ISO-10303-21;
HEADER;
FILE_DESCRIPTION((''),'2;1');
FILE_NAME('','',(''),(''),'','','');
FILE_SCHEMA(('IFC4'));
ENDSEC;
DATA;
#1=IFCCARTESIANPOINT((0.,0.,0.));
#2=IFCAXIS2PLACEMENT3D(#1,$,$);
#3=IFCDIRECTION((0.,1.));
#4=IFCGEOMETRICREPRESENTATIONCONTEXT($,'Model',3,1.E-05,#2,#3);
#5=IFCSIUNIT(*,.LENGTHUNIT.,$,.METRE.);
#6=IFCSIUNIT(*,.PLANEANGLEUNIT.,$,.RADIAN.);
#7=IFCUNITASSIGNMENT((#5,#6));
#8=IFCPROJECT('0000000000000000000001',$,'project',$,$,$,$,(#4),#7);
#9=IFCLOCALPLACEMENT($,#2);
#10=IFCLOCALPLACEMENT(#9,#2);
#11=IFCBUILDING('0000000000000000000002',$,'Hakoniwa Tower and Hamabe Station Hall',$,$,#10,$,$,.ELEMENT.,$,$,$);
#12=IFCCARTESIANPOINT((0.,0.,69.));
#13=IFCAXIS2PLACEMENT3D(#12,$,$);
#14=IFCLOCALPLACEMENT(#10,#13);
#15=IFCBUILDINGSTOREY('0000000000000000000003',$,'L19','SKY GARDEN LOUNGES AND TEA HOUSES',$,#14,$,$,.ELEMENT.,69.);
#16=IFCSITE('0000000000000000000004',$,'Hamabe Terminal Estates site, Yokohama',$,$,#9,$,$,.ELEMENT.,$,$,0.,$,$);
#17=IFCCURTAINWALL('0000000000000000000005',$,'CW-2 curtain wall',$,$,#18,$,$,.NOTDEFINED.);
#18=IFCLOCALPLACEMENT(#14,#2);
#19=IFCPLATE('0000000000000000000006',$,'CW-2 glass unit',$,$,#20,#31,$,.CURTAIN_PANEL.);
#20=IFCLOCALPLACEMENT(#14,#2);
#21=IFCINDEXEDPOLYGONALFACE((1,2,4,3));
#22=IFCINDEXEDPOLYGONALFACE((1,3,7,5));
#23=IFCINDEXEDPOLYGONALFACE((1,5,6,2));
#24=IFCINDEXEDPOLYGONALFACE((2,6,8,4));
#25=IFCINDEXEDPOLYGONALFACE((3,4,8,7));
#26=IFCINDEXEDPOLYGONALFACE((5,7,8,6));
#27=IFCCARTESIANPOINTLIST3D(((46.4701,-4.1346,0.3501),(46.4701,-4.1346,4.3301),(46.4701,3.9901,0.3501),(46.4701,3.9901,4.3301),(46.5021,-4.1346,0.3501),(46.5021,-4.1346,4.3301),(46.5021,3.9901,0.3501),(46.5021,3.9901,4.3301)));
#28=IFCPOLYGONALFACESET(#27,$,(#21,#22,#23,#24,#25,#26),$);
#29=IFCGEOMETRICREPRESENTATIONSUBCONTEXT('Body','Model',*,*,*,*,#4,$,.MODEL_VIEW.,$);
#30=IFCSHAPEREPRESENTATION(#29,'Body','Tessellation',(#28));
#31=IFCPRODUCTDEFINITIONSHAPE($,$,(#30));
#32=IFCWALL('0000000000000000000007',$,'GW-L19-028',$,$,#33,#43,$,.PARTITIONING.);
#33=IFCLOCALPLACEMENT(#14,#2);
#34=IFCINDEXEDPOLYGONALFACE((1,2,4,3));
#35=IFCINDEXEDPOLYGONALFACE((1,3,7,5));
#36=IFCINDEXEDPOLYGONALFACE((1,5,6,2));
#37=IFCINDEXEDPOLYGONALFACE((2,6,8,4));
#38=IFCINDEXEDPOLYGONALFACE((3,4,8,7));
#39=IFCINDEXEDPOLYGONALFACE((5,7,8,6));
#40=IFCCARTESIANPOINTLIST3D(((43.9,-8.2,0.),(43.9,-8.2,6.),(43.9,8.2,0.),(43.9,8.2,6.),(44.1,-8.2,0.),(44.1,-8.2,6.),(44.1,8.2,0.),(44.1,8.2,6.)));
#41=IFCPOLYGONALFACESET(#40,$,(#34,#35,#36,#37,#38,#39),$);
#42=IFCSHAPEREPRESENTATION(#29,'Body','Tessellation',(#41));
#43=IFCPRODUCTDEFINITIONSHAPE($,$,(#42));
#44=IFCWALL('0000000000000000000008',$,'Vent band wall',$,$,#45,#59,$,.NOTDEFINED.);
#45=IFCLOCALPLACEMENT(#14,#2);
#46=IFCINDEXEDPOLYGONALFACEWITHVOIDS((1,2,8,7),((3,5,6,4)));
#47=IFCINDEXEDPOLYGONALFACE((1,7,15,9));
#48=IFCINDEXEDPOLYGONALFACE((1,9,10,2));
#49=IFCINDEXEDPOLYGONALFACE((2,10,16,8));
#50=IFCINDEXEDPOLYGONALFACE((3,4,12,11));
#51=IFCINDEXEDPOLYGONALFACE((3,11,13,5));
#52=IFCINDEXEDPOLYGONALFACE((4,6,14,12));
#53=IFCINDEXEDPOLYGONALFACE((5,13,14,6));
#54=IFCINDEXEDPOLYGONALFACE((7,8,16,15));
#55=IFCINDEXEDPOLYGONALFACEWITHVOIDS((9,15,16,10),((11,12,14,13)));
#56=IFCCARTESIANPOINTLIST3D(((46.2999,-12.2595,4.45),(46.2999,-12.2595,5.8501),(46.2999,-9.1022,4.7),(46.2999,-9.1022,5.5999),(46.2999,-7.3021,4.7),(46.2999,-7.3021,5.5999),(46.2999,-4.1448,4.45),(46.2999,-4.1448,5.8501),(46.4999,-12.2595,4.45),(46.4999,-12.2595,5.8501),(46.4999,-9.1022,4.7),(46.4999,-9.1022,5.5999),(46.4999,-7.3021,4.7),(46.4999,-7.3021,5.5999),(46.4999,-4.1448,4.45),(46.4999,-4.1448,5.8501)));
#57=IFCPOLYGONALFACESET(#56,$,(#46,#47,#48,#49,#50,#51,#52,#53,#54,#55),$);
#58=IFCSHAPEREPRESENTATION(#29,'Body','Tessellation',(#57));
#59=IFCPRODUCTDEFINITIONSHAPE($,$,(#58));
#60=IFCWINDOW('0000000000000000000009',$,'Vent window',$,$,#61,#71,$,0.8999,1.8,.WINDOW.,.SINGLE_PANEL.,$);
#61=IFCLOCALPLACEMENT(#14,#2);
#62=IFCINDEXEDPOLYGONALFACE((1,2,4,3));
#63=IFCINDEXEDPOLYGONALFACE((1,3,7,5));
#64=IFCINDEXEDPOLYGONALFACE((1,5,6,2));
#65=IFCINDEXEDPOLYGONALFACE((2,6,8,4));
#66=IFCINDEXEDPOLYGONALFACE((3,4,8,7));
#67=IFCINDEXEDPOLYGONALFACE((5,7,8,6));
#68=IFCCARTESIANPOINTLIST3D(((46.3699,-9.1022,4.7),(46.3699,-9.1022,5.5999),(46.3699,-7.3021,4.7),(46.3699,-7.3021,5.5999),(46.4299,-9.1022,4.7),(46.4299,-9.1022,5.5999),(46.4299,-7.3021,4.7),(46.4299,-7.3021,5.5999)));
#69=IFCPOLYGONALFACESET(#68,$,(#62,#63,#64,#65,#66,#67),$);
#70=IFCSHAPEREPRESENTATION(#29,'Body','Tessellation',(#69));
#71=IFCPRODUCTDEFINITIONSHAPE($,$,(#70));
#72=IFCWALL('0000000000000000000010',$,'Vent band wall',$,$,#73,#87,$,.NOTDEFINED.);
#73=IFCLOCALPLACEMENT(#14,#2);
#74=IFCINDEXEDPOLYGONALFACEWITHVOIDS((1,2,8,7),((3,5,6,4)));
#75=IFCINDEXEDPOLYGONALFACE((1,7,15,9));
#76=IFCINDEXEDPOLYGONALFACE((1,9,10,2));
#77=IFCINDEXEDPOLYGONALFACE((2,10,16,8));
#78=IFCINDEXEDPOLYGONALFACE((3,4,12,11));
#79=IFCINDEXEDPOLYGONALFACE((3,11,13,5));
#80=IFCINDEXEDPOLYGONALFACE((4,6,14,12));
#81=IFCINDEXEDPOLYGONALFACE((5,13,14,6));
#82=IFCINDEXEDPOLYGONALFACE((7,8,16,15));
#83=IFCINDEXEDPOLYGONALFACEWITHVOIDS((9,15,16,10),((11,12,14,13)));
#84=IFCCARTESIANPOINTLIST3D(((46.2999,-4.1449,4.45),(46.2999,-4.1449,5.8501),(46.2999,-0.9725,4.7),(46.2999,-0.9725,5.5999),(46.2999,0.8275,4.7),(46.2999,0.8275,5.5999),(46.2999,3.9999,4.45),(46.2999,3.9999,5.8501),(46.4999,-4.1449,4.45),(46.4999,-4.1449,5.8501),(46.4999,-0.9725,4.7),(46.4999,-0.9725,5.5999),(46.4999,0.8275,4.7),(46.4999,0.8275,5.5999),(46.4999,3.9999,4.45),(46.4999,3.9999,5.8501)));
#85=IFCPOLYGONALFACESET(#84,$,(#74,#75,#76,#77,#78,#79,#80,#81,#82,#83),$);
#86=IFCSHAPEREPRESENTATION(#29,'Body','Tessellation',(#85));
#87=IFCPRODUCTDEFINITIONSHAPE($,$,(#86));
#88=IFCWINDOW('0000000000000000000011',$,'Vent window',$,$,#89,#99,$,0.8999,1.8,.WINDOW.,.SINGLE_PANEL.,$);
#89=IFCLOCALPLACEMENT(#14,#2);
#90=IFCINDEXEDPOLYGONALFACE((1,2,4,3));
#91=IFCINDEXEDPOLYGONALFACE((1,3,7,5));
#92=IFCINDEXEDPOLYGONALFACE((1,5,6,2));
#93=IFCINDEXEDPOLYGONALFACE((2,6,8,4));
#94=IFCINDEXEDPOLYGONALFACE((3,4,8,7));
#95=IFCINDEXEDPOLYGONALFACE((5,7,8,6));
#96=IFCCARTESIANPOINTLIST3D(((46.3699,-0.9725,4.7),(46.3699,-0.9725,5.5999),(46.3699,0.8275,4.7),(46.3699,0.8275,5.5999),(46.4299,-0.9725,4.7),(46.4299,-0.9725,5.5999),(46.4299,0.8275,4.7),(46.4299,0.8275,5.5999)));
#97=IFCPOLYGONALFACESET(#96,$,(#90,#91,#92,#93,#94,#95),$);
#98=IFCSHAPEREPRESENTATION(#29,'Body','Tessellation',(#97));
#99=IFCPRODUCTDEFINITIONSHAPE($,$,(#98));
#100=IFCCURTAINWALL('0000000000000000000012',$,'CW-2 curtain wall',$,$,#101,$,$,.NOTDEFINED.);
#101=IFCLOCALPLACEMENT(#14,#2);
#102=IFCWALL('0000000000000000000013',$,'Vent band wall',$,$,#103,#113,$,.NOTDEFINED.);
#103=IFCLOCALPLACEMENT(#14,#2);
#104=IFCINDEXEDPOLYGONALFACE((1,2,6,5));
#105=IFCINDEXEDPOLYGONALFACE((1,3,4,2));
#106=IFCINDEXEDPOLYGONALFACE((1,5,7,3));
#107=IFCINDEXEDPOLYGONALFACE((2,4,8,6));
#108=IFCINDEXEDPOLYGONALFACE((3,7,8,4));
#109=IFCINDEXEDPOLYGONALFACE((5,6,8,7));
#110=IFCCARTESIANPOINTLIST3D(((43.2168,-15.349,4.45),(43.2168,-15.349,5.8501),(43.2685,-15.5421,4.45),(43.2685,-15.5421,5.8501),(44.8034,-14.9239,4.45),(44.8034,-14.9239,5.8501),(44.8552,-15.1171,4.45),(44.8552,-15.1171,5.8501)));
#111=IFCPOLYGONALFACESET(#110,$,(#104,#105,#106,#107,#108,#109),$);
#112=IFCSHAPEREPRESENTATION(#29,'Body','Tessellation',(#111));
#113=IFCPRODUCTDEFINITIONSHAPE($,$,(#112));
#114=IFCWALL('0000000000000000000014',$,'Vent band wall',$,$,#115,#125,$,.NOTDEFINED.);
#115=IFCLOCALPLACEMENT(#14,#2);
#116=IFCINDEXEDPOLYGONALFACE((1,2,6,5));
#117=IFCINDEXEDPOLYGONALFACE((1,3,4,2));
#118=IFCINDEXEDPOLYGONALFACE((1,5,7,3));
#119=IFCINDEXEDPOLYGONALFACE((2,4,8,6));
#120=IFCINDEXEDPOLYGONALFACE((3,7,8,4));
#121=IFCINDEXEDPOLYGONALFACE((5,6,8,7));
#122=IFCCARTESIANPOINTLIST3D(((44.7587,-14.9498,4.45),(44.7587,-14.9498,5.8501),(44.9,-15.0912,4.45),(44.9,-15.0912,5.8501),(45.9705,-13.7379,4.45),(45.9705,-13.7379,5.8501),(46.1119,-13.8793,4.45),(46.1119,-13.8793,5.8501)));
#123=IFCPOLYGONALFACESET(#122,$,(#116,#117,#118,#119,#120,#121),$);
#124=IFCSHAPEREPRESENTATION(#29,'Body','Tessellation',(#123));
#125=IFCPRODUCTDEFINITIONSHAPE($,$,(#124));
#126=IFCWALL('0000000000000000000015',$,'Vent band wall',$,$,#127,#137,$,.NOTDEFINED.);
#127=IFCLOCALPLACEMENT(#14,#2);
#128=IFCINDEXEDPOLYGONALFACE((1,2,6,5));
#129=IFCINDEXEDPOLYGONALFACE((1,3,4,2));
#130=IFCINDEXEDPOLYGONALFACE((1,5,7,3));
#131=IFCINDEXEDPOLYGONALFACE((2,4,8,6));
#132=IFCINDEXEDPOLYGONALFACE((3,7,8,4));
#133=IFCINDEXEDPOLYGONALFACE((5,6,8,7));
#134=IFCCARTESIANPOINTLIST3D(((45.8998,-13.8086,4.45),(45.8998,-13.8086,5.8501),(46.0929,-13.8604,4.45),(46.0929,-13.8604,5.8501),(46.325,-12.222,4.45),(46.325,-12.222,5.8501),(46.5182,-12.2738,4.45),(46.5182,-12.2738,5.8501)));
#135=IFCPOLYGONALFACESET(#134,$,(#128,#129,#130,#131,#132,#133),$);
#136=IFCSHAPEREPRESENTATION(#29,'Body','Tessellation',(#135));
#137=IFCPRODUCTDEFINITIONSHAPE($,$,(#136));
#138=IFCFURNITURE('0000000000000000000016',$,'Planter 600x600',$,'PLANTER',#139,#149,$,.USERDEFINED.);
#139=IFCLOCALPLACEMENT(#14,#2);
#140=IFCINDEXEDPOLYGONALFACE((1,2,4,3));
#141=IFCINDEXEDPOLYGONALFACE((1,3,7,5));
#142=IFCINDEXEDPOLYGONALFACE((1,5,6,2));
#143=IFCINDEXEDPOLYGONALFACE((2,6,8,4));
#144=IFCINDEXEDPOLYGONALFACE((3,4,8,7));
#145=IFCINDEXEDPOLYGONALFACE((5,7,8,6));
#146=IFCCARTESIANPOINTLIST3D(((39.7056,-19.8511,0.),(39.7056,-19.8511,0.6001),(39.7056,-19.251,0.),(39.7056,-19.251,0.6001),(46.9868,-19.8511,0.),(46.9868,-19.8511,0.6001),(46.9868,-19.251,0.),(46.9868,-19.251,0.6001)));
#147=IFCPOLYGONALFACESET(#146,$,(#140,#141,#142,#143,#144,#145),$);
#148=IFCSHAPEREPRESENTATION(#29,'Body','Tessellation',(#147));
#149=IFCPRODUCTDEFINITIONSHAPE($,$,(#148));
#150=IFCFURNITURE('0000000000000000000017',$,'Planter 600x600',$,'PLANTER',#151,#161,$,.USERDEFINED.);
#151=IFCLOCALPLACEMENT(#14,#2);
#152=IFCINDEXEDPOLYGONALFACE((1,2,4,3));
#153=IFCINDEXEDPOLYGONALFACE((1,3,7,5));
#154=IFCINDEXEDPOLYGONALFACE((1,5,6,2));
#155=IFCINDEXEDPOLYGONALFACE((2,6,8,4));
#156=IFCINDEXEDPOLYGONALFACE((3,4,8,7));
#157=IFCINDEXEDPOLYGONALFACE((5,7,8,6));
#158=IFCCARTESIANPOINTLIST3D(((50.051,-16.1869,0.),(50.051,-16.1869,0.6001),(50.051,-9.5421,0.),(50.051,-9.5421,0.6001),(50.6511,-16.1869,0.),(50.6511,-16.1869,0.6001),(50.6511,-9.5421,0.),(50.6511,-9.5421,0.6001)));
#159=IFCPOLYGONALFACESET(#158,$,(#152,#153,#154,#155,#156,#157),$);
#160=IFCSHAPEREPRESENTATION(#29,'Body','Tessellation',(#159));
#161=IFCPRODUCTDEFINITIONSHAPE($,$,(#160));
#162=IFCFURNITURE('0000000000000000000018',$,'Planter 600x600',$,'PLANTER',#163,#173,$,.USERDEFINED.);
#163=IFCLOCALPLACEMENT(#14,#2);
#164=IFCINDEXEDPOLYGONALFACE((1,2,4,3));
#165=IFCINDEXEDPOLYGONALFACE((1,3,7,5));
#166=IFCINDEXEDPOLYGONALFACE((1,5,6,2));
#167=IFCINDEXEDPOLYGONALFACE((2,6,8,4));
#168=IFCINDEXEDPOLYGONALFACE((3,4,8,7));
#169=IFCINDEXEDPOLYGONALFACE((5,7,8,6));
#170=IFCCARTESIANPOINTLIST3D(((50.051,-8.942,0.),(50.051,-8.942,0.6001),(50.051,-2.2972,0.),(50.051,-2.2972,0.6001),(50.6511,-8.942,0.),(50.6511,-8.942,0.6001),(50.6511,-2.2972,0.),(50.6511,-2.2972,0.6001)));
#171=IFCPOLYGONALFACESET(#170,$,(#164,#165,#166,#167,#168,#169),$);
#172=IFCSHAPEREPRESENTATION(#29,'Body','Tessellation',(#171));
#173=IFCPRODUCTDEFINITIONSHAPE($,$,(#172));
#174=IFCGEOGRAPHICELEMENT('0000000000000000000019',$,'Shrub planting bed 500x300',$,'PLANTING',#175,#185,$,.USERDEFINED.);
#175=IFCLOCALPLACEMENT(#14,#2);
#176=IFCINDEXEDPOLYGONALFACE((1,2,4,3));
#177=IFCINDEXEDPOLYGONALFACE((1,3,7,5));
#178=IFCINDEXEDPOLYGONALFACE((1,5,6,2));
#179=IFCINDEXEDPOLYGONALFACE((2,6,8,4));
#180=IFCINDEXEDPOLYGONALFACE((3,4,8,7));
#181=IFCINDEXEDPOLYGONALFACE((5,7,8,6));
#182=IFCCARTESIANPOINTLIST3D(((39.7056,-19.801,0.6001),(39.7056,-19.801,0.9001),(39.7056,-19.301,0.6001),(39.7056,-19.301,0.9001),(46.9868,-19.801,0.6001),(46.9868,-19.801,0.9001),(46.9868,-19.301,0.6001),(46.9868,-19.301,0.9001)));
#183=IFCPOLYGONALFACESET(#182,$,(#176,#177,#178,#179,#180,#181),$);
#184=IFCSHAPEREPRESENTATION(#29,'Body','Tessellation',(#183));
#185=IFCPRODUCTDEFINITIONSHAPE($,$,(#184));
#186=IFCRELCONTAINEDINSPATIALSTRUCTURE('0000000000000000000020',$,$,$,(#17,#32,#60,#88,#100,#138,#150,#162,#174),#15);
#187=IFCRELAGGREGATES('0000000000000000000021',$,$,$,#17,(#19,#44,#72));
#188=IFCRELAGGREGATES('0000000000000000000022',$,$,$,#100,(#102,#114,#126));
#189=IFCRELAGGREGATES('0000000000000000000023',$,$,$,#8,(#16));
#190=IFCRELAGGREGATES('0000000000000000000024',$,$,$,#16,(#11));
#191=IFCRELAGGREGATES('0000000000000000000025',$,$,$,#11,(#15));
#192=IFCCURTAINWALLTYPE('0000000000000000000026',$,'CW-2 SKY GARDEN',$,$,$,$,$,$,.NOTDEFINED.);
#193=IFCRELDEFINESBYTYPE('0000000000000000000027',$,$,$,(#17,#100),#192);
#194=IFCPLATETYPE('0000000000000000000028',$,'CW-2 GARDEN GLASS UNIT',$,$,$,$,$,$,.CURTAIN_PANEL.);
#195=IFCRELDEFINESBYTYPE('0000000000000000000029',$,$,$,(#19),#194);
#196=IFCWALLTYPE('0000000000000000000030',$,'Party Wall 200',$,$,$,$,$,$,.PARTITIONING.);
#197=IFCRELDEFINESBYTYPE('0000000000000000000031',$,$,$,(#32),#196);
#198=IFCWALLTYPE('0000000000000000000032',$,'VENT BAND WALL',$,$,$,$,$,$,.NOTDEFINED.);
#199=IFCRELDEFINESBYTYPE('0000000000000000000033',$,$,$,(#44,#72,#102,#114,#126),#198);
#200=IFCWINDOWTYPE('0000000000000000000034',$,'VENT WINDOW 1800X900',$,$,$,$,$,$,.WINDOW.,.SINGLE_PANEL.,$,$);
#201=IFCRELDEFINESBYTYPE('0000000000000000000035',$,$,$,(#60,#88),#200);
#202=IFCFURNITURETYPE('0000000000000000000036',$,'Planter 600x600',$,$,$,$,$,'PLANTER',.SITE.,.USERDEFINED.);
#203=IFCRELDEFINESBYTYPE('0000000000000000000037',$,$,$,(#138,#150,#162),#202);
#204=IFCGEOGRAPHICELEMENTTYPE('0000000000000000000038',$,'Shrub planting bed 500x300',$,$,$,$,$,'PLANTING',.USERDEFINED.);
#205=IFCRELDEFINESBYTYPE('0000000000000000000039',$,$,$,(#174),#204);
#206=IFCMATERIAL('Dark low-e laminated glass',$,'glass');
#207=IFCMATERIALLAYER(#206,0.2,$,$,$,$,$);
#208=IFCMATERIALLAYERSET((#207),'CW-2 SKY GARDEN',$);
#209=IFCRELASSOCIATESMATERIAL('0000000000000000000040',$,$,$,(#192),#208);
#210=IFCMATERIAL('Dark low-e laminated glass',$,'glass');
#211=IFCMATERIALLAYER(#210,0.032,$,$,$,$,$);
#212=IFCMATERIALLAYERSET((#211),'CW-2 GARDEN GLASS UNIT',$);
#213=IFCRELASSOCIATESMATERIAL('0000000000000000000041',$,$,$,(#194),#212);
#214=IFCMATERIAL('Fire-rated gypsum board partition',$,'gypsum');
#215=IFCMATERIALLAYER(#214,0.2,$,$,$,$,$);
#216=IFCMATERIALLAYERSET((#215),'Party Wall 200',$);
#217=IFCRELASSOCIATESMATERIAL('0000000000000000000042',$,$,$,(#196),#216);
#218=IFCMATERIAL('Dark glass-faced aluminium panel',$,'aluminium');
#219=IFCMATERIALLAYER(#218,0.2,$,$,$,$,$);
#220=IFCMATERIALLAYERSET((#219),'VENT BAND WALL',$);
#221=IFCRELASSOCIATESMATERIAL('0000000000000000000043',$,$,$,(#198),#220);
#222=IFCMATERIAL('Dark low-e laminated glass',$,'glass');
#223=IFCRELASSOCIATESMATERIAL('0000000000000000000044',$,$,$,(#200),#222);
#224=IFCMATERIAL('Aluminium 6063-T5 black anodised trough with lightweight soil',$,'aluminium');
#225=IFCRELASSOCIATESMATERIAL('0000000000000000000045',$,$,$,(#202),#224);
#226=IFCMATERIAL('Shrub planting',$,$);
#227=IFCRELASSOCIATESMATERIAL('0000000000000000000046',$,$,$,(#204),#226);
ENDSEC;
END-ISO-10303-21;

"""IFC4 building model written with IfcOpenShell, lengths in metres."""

from ifc_helpers import new_model, si_unit, direction, frame, frame_2d, origin, origin_2d, place, context, subcontext, project, spatial, rectangle, extrude, material, layer, layer_set, type_object, element, fill, aggregate, save


model = new_model("IFC4")

# Units and contexts
model_context = context("Model", 3, precision=1e-05, world=origin(), true_north=direction((0.0, 1.0)))
body_context = subcontext(model_context, "Body", "Model", "MODEL_VIEW")
ifc_project = project(units=[si_unit("LENGTHUNIT", "METRE"), si_unit("PLANEANGLEUNIT", "RADIAN")], contexts=[model_context])

# Site, building, storey
site_placement = place(None, origin())
site = spatial("IfcSite", under=ifc_project, at=site_placement, Name="Hamabe Terminal Estates site, Yokohama", CompositionType="ELEMENT", RefElevation=0.0)
building_placement = place(site_placement, origin())
building = spatial("IfcBuilding", under=site, at=building_placement, Name="Hakoniwa Tower and Hamabe Station Hall", CompositionType="ELEMENT")
storey_placement = place(building_placement, frame((0.0, 0.0, 69.0)))
storey = spatial("IfcBuildingStorey", under=building, at=storey_placement, Name="L19", Description="SKY GARDEN LOUNGES AND TEA HOUSES", CompositionType="ELEMENT", Elevation=69.0)

# Curtain wall
ifc_material_1 = material(Name="Dark low-e laminated glass", Category="glass")
ifc_layer_1 = layer(ifc_material_1, 0.2)
ifc_layer_set_1 = layer_set([ifc_layer_1], Name="CW-2 SKY GARDEN")
curtain_wall_type = type_object("IfcCurtainWallType", Name="CW-2 SKY GARDEN", PredefinedType="NOTDEFINED", material=ifc_layer_set_1)
curtain_wall_1_placement = place(storey_placement, origin())
curtain_wall_1 = element("IfcCurtainWall", 1, at=curtain_wall_1_placement, inside=storey, type_object=curtain_wall_type, Name="CW-2 curtain wall", PredefinedType="NOTDEFINED")

# Plate
ifc_material_2 = material(Name="Dark low-e laminated glass", Category="glass")
ifc_layer_2 = layer(ifc_material_2, 0.032)
ifc_layer_set_2 = layer_set([ifc_layer_2], Name="CW-2 GARDEN GLASS UNIT")
plate_type = type_object("IfcPlateType", Name="CW-2 GARDEN GLASS UNIT", PredefinedType="CURTAIN_PANEL", material=ifc_layer_set_2)
plate_1_placement = place(storey_placement, frame((46.4861, -0.0723, 0.3501), z_axis=(0.0, 0.0, 1.0), x_axis=(0.0, 1.0, 0.0)))
plate_1 = element("IfcPlate", 2, at=plate_1_placement, type_object=plate_type, Name="CW-2 glass unit", PredefinedType="CURTAIN_PANEL", context=body_context, shape_type="SweptSolid", body=[
    extrude(rectangle(XDim=8.1248, YDim=0.032, at=origin_2d()), origin(), (0.0, 0.0, 1.0), 3.98),
])

# Wall
ifc_material_3 = material(Name="Fire-rated gypsum board partition", Category="gypsum")
ifc_layer_3 = layer(ifc_material_3, 0.2)
ifc_layer_set_3 = layer_set([ifc_layer_3], Name="Party Wall 200")
wall_type_1 = type_object("IfcWallType", Name="Party Wall 200", PredefinedType="PARTITIONING", material=ifc_layer_set_3)
wall_1_placement = place(storey_placement, frame((44.0, -8.2, 0.0), z_axis=(0.0, 0.0, 1.0), x_axis=(0.0, 1.0, 0.0)))
element("IfcWall", 3, at=wall_1_placement, inside=storey, type_object=wall_type_1, Name="GW-L19-028", PredefinedType="PARTITIONING", context=body_context, shape_type="SweptSolid", body=[
    extrude(rectangle(XDim=16.3999, YDim=0.2, at=frame_2d((8.2, 0.0))), origin(), (0.0, 0.0, 1.0), 6.0),
])

# Walls, openings, windows
ifc_material_4 = material(Name="Dark glass-faced aluminium panel", Category="aluminium")
ifc_layer_4 = layer(ifc_material_4, 0.2)
ifc_layer_set_4 = layer_set([ifc_layer_4], Name="VENT BAND WALL")
wall_type_2 = type_object("IfcWallType", Name="VENT BAND WALL", PredefinedType="NOTDEFINED", material=ifc_layer_set_4)
wall_2_placement = place(storey_placement, frame((46.3999, -12.2595, 4.45), z_axis=(0.0, 0.0, 1.0), x_axis=(0.0, 1.0, 0.0)))
wall_2 = element("IfcWall", 4, at=wall_2_placement, type_object=wall_type_2, Name="Vent band wall", PredefinedType="NOTDEFINED", context=body_context, shape_type="SweptSolid", body=[
    extrude(rectangle(XDim=8.1147, YDim=0.2, at=frame_2d((4.0574, 0.0))), origin(), (0.0, 0.0, 1.0), 1.4001),
])
opening_1_placement = place(wall_2_placement, frame((3.1575, 0.0, 0.25)))
opening_1 = element("IfcOpeningElement", 5, at=opening_1_placement, cuts=wall_2, PredefinedType="OPENING", context=body_context, shape_type="SweptSolid", body=[
    extrude(rectangle(XDim=1.8, YDim=0.8999, at=frame_2d((0.8999, 0.45))), frame((0.0, 0.1099, 0.0), z_axis=(0.0, -1.0, 0.0), x_axis=(1.0, 0.0, 0.0)), (0.0, 0.0, 1.0), 0.22),
])
ifc_material_5 = material(Name="Dark low-e laminated glass", Category="glass")
window_type = type_object("IfcWindowType", Name="VENT WINDOW 1800X900", PartitioningType="SINGLE_PANEL", PredefinedType="WINDOW", material=ifc_material_5)
window_1_placement = place(opening_1_placement, origin())
window_1 = element("IfcWindow", 6, at=window_1_placement, inside=storey, type_object=window_type, Name="Vent window", OverallHeight=0.8999, OverallWidth=1.8, PartitioningType="SINGLE_PANEL", PredefinedType="WINDOW", context=body_context, shape_type="SweptSolid", body=[
    extrude(rectangle(XDim=1.8, YDim=0.8999, at=frame_2d((0.8999, 0.45))), frame((0.0, 0.03, 0.0), z_axis=(0.0, -1.0, 0.0), x_axis=(1.0, 0.0, 0.0)), (0.0, 0.0, 1.0), 0.0601),
])
fill(opening_1, window_1)
wall_3_placement = place(storey_placement, frame((46.3999, -4.1448, 4.45), z_axis=(0.0, 0.0, 1.0), x_axis=(0.0, 1.0, 0.0)))
wall_3 = element("IfcWall", 7, at=wall_3_placement, type_object=wall_type_2, Name="Vent band wall", PredefinedType="NOTDEFINED", context=body_context, shape_type="SweptSolid", body=[
    extrude(rectangle(XDim=8.1448, YDim=0.2, at=frame_2d((4.0723, 0.0))), origin(), (0.0, 0.0, 1.0), 1.4001),
])
opening_2_placement = place(wall_3_placement, frame((3.1724, 0.0, 0.25)))
opening_2 = element("IfcOpeningElement", 8, at=opening_2_placement, cuts=wall_3, PredefinedType="OPENING", context=body_context, shape_type="SweptSolid", body=[
    extrude(rectangle(XDim=1.8, YDim=0.8999, at=frame_2d((0.8999, 0.45))), frame((0.0, 0.1099, 0.0), z_axis=(0.0, -1.0, 0.0), x_axis=(1.0, 0.0, 0.0)), (0.0, 0.0, 1.0), 0.22),
])
window_2_placement = place(opening_2_placement, origin())
window_2 = element("IfcWindow", 9, at=window_2_placement, inside=storey, type_object=window_type, Name="Vent window", OverallHeight=0.8999, OverallWidth=1.8, PartitioningType="SINGLE_PANEL", PredefinedType="WINDOW", context=body_context, shape_type="SweptSolid", body=[
    extrude(rectangle(XDim=1.8, YDim=0.8999, at=frame_2d((0.8999, 0.45))), frame((0.0, 0.03, 0.0), z_axis=(0.0, -1.0, 0.0), x_axis=(1.0, 0.0, 0.0)), (0.0, 0.0, 1.0), 0.0601),
])
fill(opening_2, window_2)
aggregate(curtain_wall_1, [plate_1, wall_2, wall_3])

# Curtain wall, walls
curtain_wall_2_placement = place(storey_placement, origin())
curtain_wall_2 = element("IfcCurtainWall", 10, at=curtain_wall_2_placement, inside=storey, type_object=curtain_wall_type, Name="CW-2 curtain wall", PredefinedType="NOTDEFINED")
wall_4_placement = place(storey_placement, frame((43.2427, -15.4456, 4.45), z_axis=(0.0, 0.0, 1.0), x_axis=(0.965941, 0.258763, 0.0)))
wall_4 = element("IfcWall", 11, at=wall_4_placement, type_object=wall_type_2, Name="Vent band wall", PredefinedType="NOTDEFINED", context=body_context, shape_type="SweptSolid", body=[
    extrude(rectangle(XDim=1.6426, YDim=0.2, at=frame_2d((0.8213, 0.0))), origin(), (0.0, 0.0, 1.0), 1.4001),
])
wall_5_placement = place(storey_placement, frame((44.8293, -15.0205, 4.45), z_axis=(0.0, 0.0, 1.0), x_axis=(0.707107, 0.707107, 0.0)))
wall_5 = element("IfcWall", 12, at=wall_5_placement, type_object=wall_type_2, Name="Vent band wall", PredefinedType="NOTDEFINED", context=body_context, shape_type="SweptSolid", body=[
    extrude(rectangle(XDim=1.7139, YDim=0.2, at=frame_2d((0.8569, 0.0))), origin(), (0.0, 0.0, 1.0), 1.4001),
])
wall_6_placement = place(storey_placement, frame((45.9963, -13.8345, 4.45), z_axis=(0.0, 0.0, 1.0), x_axis=(0.258902, 0.965904, 0.0)))
wall_6 = element("IfcWall", 13, at=wall_6_placement, type_object=wall_type_2, Name="Vent band wall", PredefinedType="NOTDEFINED", context=body_context, shape_type="SweptSolid", body=[
    extrude(rectangle(XDim=1.6426, YDim=0.2, at=frame_2d((0.8213, 0.0))), origin(), (0.0, 0.0, 1.0), 1.4001),
])
aggregate(curtain_wall_2, [wall_4, wall_5, wall_6])

# Furniture
ifc_material_6 = material(Name="Aluminium 6063-T5 black anodised trough with lightweight soil", Category="aluminium")
furniture_type = type_object("IfcFurnitureType", Name="Planter 600x600", ElementType="PLANTER", AssemblyPlace="SITE", PredefinedType="USERDEFINED", material=ifc_material_6)
furniture_placement = place(storey_placement, frame((43.3462, -19.551, 0.0), z_axis=(0.0, 0.0, 1.0), x_axis=(1.0, 0.0, 0.0)))
element("IfcFurniture", 14, at=furniture_placement, inside=storey, type_object=furniture_type, Name="Planter 600x600", ObjectType="PLANTER", PredefinedType="USERDEFINED", context=body_context, shape_type="SweptSolid", body=[
    extrude(rectangle(XDim=7.2812, YDim=0.6001, at=origin_2d()), origin(), (0.0, 0.0, 1.0), 0.6001),
])
for number, where, z_axis, x_axis, name in (
    (15, (50.3511, -12.8645, 0.0), (0.0, 0.0, 1.0), (0.0, 1.0, 0.0), "Planter 600x600"),
    (16, (50.3511, -5.6196, 0.0), (0.0, 0.0, 1.0), (0.0, 1.0, 0.0), "Planter 600x600"),
):
    element("IfcFurniture", number, at=place(storey_placement, frame(where, z_axis=z_axis, x_axis=x_axis)), inside=storey, type_object=furniture_type, Name=name, ObjectType="PLANTER", PredefinedType="USERDEFINED", context=body_context, shape_type="SweptSolid", body=[
        extrude(rectangle(XDim=6.6448, YDim=0.6001, at=origin_2d()), origin(), (0.0, 0.0, 1.0), 0.6001),
    ])

# Geographic element
ifc_material_7 = material(Name="Shrub planting")
geographic_element_type = type_object("IfcGeographicElementType", Name="Shrub planting bed 500x300", ElementType="PLANTING", PredefinedType="USERDEFINED", material=ifc_material_7)
geographic_element_placement = place(storey_placement, frame((43.3462, -19.551, 0.6001), z_axis=(0.0, 0.0, 1.0), x_axis=(1.0, 0.0, 0.0)))
element("IfcGeographicElement", 17, at=geographic_element_placement, inside=storey, type_object=geographic_element_type, Name="Shrub planting bed 500x300", ObjectType="PLANTING", PredefinedType="USERDEFINED", context=body_context, shape_type="SweptSolid", body=[
    extrude(rectangle(XDim=7.2812, YDim=0.5, at=origin_2d()), origin(), (0.0, 0.0, 1.0), 0.3),
])

save(model, "model.ifc")
